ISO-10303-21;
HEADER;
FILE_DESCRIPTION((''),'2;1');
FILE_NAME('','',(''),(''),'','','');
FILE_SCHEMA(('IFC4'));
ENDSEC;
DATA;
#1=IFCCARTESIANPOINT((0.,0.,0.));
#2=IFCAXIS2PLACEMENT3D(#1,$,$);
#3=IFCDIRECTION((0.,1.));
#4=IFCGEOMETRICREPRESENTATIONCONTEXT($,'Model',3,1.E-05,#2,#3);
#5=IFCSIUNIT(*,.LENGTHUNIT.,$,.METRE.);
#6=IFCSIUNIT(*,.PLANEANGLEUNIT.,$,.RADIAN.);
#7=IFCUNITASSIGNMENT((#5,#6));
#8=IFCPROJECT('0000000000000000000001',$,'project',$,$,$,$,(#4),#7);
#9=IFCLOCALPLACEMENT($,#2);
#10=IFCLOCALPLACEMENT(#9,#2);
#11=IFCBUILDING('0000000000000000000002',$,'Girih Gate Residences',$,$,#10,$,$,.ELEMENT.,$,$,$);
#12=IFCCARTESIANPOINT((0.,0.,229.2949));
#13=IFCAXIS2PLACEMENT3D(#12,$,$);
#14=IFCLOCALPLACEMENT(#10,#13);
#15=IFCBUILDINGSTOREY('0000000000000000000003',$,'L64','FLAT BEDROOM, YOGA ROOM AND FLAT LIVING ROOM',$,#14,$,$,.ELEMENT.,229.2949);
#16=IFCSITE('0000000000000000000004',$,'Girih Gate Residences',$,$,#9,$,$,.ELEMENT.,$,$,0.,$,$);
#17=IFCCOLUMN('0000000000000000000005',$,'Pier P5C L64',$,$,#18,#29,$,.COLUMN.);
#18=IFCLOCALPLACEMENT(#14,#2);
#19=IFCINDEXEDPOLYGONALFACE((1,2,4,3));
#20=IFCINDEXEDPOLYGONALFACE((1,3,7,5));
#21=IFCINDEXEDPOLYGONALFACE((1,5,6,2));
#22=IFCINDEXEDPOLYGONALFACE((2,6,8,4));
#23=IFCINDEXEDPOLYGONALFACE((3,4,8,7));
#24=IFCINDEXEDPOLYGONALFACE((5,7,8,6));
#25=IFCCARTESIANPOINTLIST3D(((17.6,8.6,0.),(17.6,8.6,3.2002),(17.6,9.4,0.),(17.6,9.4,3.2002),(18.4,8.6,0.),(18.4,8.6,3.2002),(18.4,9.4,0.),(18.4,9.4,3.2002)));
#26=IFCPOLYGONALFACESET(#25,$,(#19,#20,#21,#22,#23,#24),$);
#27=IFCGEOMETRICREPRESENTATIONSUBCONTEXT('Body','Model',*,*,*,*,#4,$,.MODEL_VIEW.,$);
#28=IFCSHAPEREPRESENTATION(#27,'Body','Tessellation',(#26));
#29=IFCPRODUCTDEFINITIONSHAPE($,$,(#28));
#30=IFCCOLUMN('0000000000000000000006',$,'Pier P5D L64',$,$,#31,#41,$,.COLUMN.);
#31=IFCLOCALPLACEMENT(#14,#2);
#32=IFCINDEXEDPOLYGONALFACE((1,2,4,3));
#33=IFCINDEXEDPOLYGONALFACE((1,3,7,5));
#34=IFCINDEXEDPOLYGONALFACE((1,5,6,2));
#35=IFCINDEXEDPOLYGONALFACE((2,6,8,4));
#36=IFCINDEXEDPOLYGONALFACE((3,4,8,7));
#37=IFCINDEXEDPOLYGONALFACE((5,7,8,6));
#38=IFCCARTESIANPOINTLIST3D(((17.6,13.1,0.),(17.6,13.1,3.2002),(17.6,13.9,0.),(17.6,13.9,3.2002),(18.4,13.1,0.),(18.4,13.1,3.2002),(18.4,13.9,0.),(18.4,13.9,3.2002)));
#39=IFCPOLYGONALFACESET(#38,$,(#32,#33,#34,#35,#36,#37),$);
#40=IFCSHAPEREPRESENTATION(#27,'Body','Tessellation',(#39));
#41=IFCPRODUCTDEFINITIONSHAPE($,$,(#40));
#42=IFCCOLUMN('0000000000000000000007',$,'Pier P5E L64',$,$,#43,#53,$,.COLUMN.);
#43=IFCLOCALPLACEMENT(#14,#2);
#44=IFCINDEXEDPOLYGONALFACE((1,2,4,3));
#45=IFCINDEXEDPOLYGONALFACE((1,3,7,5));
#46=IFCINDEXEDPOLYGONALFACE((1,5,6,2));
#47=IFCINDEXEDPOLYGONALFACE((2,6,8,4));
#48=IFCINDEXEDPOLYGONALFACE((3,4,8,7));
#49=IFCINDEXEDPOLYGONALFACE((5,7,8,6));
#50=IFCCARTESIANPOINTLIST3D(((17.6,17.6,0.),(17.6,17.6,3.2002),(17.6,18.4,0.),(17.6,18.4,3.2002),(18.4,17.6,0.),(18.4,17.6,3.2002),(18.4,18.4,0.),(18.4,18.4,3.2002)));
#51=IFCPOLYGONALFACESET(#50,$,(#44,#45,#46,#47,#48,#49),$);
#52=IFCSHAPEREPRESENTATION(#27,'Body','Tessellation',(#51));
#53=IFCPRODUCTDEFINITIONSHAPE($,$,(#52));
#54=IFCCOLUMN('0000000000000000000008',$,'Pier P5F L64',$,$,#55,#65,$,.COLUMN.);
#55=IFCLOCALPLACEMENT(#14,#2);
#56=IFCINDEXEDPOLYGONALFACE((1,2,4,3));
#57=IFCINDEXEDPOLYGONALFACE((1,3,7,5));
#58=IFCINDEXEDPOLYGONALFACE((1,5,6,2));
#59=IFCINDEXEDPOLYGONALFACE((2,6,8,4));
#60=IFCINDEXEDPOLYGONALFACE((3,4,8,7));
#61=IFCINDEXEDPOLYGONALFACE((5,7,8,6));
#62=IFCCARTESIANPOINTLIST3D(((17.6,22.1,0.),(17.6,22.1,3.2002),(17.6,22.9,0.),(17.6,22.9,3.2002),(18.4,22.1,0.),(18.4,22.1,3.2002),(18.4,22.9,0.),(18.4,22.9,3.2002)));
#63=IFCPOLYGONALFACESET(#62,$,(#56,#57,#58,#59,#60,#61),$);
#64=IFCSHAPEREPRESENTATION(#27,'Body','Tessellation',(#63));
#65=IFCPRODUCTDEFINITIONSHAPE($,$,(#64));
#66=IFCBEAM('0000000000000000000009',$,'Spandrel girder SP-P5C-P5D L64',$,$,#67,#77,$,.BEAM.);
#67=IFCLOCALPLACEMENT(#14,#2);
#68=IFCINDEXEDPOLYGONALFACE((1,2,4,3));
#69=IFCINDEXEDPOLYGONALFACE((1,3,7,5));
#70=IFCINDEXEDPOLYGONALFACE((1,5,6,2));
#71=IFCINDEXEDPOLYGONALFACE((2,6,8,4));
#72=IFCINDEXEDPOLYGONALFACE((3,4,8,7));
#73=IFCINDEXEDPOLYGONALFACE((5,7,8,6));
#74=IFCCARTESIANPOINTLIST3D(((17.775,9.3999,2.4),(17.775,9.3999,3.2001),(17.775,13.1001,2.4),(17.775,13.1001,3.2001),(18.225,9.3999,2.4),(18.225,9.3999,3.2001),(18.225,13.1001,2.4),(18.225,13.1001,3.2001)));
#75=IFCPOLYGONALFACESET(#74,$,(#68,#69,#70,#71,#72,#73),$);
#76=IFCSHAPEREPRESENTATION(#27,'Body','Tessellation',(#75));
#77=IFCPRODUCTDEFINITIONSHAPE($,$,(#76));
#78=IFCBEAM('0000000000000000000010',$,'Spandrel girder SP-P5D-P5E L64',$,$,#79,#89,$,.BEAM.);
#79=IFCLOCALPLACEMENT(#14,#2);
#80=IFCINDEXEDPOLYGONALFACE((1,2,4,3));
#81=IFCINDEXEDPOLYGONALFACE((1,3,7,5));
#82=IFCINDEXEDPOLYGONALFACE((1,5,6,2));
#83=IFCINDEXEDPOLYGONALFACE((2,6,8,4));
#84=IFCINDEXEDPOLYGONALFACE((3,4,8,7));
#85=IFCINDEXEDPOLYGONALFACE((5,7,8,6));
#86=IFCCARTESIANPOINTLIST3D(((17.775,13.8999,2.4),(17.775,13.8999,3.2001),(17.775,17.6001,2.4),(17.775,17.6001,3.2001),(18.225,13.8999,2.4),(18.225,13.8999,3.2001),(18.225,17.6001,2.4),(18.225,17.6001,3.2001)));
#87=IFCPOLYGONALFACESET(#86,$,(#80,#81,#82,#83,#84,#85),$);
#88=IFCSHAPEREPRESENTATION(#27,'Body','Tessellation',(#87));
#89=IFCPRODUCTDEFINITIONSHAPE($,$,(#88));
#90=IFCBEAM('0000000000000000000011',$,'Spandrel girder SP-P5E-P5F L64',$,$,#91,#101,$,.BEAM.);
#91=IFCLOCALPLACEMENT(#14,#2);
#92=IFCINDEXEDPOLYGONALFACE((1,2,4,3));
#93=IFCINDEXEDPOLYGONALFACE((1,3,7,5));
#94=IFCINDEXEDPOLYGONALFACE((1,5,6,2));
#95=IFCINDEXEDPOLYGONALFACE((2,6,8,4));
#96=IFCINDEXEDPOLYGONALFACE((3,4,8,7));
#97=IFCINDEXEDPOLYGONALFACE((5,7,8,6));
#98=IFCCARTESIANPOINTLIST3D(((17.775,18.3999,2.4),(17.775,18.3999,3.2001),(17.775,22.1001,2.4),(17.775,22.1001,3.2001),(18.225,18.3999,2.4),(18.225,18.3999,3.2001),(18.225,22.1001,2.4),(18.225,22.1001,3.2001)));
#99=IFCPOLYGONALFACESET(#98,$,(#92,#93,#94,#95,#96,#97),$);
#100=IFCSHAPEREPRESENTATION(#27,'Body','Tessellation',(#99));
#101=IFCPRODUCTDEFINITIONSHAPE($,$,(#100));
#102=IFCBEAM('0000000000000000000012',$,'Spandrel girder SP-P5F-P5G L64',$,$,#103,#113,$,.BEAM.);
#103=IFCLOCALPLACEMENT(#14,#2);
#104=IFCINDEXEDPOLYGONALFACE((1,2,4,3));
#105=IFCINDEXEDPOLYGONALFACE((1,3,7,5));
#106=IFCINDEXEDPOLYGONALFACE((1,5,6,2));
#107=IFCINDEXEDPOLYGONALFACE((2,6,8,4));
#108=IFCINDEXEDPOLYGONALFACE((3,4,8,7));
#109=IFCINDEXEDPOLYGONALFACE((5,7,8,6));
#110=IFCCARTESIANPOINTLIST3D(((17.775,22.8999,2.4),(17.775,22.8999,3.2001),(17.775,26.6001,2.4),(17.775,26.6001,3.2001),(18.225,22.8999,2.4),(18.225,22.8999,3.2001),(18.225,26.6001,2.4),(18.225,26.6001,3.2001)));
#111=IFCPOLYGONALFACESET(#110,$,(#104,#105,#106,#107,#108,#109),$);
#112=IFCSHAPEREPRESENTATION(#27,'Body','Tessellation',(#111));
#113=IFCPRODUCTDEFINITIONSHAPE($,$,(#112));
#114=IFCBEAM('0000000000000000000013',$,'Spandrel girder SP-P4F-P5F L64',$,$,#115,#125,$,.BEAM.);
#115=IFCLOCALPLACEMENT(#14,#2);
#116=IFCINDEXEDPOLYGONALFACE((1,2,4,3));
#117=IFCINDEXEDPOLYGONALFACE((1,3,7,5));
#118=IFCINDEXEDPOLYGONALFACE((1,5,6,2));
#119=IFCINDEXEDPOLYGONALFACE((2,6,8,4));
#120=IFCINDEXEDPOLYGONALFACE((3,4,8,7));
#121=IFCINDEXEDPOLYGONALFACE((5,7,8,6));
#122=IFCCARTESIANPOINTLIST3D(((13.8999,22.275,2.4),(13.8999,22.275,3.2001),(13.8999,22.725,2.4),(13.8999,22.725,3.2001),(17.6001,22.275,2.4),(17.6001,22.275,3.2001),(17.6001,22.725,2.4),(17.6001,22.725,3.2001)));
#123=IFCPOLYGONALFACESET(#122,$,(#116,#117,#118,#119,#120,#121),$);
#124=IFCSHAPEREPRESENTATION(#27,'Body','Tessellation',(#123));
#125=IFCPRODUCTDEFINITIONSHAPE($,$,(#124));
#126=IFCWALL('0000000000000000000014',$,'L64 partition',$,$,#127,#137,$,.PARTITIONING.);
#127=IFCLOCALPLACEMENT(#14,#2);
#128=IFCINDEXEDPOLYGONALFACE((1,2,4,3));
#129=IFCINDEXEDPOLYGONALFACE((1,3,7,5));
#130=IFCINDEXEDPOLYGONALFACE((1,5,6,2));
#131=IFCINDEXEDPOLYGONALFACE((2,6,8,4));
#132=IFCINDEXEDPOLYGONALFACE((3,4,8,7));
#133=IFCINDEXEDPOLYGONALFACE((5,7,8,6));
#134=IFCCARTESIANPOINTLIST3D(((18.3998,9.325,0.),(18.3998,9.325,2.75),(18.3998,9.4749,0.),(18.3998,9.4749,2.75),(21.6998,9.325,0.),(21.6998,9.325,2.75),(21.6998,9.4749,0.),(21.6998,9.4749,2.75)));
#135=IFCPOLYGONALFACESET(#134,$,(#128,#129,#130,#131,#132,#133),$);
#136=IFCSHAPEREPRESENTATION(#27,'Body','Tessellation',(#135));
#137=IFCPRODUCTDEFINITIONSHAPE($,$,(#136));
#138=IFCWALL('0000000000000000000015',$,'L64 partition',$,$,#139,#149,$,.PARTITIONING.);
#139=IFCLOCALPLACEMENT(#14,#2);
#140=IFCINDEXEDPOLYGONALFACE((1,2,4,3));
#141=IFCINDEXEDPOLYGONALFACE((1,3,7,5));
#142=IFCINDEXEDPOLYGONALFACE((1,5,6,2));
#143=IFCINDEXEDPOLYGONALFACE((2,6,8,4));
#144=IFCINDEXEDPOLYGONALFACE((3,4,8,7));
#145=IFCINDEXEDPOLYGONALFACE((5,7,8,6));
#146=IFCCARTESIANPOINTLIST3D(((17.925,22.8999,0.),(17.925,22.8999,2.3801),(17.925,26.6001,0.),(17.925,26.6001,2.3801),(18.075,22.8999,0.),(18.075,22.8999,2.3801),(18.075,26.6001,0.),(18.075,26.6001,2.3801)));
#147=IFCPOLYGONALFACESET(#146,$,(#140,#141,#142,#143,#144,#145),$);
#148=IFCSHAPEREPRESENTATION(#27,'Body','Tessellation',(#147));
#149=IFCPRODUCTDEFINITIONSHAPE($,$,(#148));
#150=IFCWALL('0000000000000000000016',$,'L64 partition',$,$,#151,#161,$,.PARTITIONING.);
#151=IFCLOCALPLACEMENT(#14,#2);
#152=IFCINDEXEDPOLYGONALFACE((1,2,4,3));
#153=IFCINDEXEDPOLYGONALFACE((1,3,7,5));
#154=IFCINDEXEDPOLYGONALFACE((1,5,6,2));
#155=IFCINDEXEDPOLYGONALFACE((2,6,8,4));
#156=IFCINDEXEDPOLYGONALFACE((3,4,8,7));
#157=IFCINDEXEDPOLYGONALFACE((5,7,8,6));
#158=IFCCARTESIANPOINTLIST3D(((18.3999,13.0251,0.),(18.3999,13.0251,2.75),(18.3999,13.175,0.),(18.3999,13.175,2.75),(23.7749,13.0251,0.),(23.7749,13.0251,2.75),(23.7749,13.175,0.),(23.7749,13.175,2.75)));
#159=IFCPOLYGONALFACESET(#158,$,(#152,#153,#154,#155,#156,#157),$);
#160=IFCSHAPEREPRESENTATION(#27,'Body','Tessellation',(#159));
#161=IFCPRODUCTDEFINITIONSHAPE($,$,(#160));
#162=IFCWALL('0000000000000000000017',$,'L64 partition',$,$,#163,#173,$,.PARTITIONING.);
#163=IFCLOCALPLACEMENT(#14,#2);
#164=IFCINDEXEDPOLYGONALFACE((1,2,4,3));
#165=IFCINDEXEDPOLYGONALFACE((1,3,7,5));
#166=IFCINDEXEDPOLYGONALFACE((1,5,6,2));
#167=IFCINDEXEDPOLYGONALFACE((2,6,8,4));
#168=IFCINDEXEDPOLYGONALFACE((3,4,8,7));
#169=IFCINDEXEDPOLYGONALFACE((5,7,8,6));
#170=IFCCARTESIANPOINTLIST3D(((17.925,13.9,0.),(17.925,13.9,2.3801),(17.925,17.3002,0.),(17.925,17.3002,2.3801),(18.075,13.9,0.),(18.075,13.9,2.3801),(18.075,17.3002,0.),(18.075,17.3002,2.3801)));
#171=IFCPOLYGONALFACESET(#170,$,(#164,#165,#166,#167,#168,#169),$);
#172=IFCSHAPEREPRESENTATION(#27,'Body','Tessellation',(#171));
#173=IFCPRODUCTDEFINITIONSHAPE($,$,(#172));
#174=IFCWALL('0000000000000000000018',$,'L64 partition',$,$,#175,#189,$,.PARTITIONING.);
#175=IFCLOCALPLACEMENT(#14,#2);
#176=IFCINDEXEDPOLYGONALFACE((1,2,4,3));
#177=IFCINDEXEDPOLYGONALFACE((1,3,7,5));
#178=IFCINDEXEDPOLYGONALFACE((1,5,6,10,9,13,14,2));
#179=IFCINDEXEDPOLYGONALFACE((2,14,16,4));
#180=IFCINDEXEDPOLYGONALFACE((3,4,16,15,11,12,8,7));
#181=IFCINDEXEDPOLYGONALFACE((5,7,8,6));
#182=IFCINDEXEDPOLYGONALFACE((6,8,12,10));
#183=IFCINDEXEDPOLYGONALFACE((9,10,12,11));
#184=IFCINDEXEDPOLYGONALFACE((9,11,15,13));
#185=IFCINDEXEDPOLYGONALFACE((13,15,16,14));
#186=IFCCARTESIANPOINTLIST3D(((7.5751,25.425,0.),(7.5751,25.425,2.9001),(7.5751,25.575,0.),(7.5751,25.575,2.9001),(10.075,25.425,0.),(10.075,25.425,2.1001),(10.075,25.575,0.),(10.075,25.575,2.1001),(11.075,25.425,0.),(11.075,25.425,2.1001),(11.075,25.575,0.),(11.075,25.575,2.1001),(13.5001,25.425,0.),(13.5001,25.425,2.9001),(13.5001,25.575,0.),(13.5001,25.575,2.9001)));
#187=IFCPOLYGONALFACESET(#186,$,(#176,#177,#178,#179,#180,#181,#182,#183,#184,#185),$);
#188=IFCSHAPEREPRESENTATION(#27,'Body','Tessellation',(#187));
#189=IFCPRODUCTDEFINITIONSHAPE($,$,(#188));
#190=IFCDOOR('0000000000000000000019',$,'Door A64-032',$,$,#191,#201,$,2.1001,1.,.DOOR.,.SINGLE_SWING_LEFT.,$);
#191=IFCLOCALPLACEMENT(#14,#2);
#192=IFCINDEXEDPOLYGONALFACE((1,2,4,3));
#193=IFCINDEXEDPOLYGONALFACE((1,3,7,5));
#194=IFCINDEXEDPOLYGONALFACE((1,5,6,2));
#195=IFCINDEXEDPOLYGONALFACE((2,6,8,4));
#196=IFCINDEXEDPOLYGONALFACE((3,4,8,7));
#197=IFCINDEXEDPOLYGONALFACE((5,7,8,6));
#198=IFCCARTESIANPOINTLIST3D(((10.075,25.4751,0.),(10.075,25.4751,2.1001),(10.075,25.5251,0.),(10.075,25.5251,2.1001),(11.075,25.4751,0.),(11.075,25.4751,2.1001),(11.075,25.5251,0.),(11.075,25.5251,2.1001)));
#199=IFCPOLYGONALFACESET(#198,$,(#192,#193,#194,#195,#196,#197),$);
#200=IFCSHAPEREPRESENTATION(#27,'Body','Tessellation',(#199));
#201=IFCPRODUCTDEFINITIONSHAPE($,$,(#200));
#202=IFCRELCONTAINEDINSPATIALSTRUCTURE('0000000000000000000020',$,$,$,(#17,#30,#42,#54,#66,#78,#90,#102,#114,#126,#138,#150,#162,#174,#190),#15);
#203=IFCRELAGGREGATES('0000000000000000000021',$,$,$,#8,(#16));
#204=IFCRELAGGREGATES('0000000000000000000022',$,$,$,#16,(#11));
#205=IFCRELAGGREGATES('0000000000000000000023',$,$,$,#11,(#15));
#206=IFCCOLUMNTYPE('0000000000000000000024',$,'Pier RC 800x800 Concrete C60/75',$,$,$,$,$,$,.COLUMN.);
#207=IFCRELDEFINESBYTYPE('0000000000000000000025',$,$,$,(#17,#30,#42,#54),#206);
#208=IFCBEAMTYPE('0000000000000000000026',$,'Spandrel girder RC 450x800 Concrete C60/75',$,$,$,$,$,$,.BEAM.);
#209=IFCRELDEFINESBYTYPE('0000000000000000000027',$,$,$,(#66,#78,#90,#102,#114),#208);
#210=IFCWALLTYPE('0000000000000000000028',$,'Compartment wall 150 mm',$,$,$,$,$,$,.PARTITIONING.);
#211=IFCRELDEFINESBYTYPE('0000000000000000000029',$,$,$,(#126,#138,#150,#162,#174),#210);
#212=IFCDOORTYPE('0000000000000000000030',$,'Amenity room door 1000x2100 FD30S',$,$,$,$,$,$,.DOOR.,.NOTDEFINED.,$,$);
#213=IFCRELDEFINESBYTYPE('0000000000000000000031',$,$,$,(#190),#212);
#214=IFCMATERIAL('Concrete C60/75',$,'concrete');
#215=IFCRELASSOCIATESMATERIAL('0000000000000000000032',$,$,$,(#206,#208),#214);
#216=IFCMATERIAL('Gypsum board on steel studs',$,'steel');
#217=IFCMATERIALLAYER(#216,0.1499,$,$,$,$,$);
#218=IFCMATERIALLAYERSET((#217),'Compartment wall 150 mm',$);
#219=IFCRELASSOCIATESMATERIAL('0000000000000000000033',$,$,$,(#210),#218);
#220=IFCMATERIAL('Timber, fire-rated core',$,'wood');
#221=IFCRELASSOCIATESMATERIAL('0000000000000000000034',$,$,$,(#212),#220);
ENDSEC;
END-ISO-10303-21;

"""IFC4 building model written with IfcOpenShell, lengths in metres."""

from ifc_helpers import new_model, si_unit, direction, frame, frame_2d, origin, origin_2d, place, context, subcontext, project, spatial, rectangle, extrude, material, layer, layer_set, material_profile, profile_set, type_object, element, fill, save


model = new_model("IFC4")

# Units and contexts
model_context = context("Model", 3, precision=1e-05, world=origin(), true_north=direction((0.0, 1.0)))
body_context = subcontext(model_context, "Body", "Model", "MODEL_VIEW")
ifc_project = project(units=[si_unit("LENGTHUNIT", "METRE"), si_unit("PLANEANGLEUNIT", "RADIAN")], contexts=[model_context])

# Site, building, storey
site_placement = place(None, origin())
site = spatial("IfcSite", under=ifc_project, at=site_placement, Name="Girih Gate Residences", CompositionType="ELEMENT", RefElevation=0.0)
building_placement = place(site_placement, origin())
building = spatial("IfcBuilding", under=site, at=building_placement, Name="Girih Gate Residences", CompositionType="ELEMENT")
storey_placement = place(building_placement, frame((0.0, 0.0, 229.2949)))
storey = spatial("IfcBuildingStorey", under=building, at=storey_placement, Name="L64", Description="FLAT BEDROOM, YOGA ROOM AND FLAT LIVING ROOM", CompositionType="ELEMENT", Elevation=229.2949)

# Columns
ifc_material_1 = material(Name="Concrete C60/75", Category="concrete")
ifc_material_profile_1 = material_profile(ifc_material_1, rectangle(XDim=0.8, YDim=0.8, at=origin_2d()))
ifc_profile_set_1 = profile_set([ifc_material_profile_1], Name="Concrete C60/75")
column_type = type_object("IfcColumnType", Name="Pier RC 800x800 Concrete C60/75", PredefinedType="COLUMN", material=ifc_profile_set_1)
for number, where, z_axis, x_axis, name in (
    (1, (18.0, 9.0, 0.0), (0.0, 0.0, 1.0), (1.0, 0.0, 0.0), "Pier P5C L64"),
    (2, (18.0, 13.5, 0.0), (0.0, 0.0, 1.0), (1.0, 0.0, 0.0), "Pier P5D L64"),
    (3, (18.0, 18.0, 0.0), (0.0, 0.0, 1.0), (1.0, 0.0, 0.0), "Pier P5E L64"),
    (4, (18.0, 22.5, 0.0), (0.0, 0.0, 1.0), (1.0, 0.0, 0.0), "Pier P5F L64"),
):
    element("IfcColumn", number, at=place(storey_placement, frame(where, z_axis=z_axis, x_axis=x_axis)), inside=storey, type_object=column_type, Name=name, PredefinedType="COLUMN", context=body_context, shape_type="SweptSolid", body=[
        extrude(rectangle(XDim=0.8, YDim=0.8, at=origin_2d()), origin(), (0.0, 0.0, 1.0), 3.2002),
    ])

# Beams
ifc_material_profile_2 = material_profile(ifc_material_1, rectangle(XDim=0.45, YDim=0.8, at=origin_2d()))
ifc_profile_set_2 = profile_set([ifc_material_profile_2], Name="Concrete C60/75")
beam_type = type_object("IfcBeamType", Name="Spandrel girder RC 450x800 Concrete C60/75", PredefinedType="BEAM", material=ifc_profile_set_2)
for number, where, z_axis, x_axis, name in (
    (5, (18.0, 9.3999, 2.8), (0.0, 1.0, 0.0), (-1.0, 0.0, 0.0), "Spandrel girder SP-P5C-P5D L64"),
    (6, (18.0, 13.8999, 2.8), (0.0, 1.0, 0.0), (-1.0, 0.0, 0.0), "Spandrel girder SP-P5D-P5E L64"),
    (7, (18.0, 18.3999, 2.8), (0.0, 1.0, 0.0), (-1.0, 0.0, 0.0), "Spandrel girder SP-P5E-P5F L64"),
    (8, (18.0, 22.8999, 2.8), (0.0, 1.0, 0.0), (-1.0, 0.0, 0.0), "Spandrel girder SP-P5F-P5G L64"),
    (9, (13.8999, 22.5, 2.8), (1.0, 0.0, 0.0), (0.0, 1.0, 0.0), "Spandrel girder SP-P4F-P5F L64"),
):
    element("IfcBeam", number, at=place(storey_placement, frame(where, z_axis=z_axis, x_axis=x_axis)), inside=storey, type_object=beam_type, Name=name, PredefinedType="BEAM", context=body_context, shape_type="SweptSolid", body=[
        extrude(rectangle(XDim=0.45, YDim=0.8, at=origin_2d()), origin(), (0.0, 0.0, 1.0), 3.7002),
    ])

# Walls
ifc_material_2 = material(Name="Gypsum board on steel studs", Category="steel")
ifc_layer_1 = layer(ifc_material_2, 0.1499)
ifc_layer_set_1 = layer_set([ifc_layer_1], Name="Compartment wall 150 mm")
wall_type_1 = type_object("IfcWallType", Name="Compartment wall 150 mm", PredefinedType="PARTITIONING", material=ifc_layer_set_1)
wall_1_placement = place(storey_placement, frame((18.3999, 9.3999, 0.0), z_axis=(0.0, 0.0, 1.0), x_axis=(1.0, 0.0, 0.0)))
element("IfcWall", 10, at=wall_1_placement, inside=storey, type_object=wall_type_1, Name="L64 partition", PredefinedType="PARTITIONING", context=body_context, shape_type="SweptSolid", body=[
    extrude(rectangle(XDim=3.3, YDim=0.1499, at=frame_2d((1.6499, 0.0))), origin(), (0.0, 0.0, 1.0), 2.75),
])
wall_2_placement = place(storey_placement, frame((18.0, 22.8999, 0.0), z_axis=(0.0, 0.0, 1.0), x_axis=(0.0, 1.0, 0.0)))
element("IfcWall", 11, at=wall_2_placement, inside=storey, type_object=wall_type_1, Name="L64 partition", PredefinedType="PARTITIONING", context=body_context, shape_type="SweptSolid", body=[
    extrude(rectangle(XDim=3.7002, YDim=0.1499, at=frame_2d((1.8501, 0.0))), origin(), (0.0, 0.0, 1.0), 2.3801),
])
wall_3_placement = place(storey_placement, frame((18.3999, 13.1001, 0.0), z_axis=(0.0, 0.0, 1.0), x_axis=(1.0, 0.0, 0.0)))
element("IfcWall", 12, at=wall_3_placement, inside=storey, type_object=wall_type_1, Name="L64 partition", PredefinedType="PARTITIONING", context=body_context, shape_type="SweptSolid", body=[
    extrude(rectangle(XDim=5.375, YDim=0.1499, at=frame_2d((2.6875, 0.0))), origin(), (0.0, 0.0, 1.0), 2.75),
])
wall_4_placement = place(storey_placement, frame((18.0, 13.8999, 0.0), z_axis=(0.0, 0.0, 1.0), x_axis=(0.0, 1.0, 0.0)))
element("IfcWall", 13, at=wall_4_placement, inside=storey, type_object=wall_type_1, Name="L64 partition", PredefinedType="PARTITIONING", context=body_context, shape_type="SweptSolid", body=[
    extrude(rectangle(XDim=3.4001, YDim=0.1499, at=frame_2d((1.7002, 0.0))), origin(), (0.0, 0.0, 1.0), 2.3801),
])

# Wall, opening, door
wall_5_placement = place(storey_placement, frame((13.5, 25.5, 0.0), z_axis=(0.0, 0.0, 1.0), x_axis=(-1.0, 0.0, 0.0)))
wall_5 = element("IfcWall", 14, at=wall_5_placement, inside=storey, type_object=wall_type_1, Name="L64 partition", PredefinedType="PARTITIONING", context=body_context, shape_type="SweptSolid", body=[
    extrude(rectangle(XDim=5.925, YDim=0.1499, at=frame_2d((2.9624, 0.0))), origin(), (0.0, 0.0, 1.0), 2.9001),
])
opening_1_placement = place(wall_5_placement, frame((2.425, 0.0, 0.0)))
opening_1 = element("IfcOpeningElement", 15, at=opening_1_placement, cuts=wall_5, PredefinedType="OPENING", context=body_context, shape_type="SweptSolid", body=[
    extrude(rectangle(XDim=1.0, YDim=2.1001, at=frame_2d((0.5, 1.05))), frame((0.0, 0.085, 0.0), z_axis=(0.0, -1.0, 0.0), x_axis=(1.0, 0.0, 0.0)), (0.0, 0.0, 1.0), 0.1699),
])
ifc_material_3 = material(Name="Timber, fire-rated core", Category="wood")
door_type = type_object("IfcDoorType", Name="Amenity room door 1000x2100 FD30S", OperationType="NOTDEFINED", PredefinedType="DOOR", material=ifc_material_3)
door_1_placement = place(opening_1_placement, origin())
door_1 = element("IfcDoor", 16, at=door_1_placement, inside=storey, type_object=door_type, Name="Door A64-032", OperationType="SINGLE_SWING_LEFT", OverallHeight=2.1001, OverallWidth=1.0, PredefinedType="DOOR", context=body_context, shape_type="SweptSolid", body=[
    extrude(rectangle(XDim=1.0, YDim=2.1001, at=frame_2d((0.5, 1.05))), frame((0.0, 0.0249, 0.0), z_axis=(0.0, -1.0, 0.0), x_axis=(1.0, 0.0, 0.0)), (0.0, 0.0, 1.0), 0.05),
])
fill(opening_1, door_1)

save(model, "model.ifc")
